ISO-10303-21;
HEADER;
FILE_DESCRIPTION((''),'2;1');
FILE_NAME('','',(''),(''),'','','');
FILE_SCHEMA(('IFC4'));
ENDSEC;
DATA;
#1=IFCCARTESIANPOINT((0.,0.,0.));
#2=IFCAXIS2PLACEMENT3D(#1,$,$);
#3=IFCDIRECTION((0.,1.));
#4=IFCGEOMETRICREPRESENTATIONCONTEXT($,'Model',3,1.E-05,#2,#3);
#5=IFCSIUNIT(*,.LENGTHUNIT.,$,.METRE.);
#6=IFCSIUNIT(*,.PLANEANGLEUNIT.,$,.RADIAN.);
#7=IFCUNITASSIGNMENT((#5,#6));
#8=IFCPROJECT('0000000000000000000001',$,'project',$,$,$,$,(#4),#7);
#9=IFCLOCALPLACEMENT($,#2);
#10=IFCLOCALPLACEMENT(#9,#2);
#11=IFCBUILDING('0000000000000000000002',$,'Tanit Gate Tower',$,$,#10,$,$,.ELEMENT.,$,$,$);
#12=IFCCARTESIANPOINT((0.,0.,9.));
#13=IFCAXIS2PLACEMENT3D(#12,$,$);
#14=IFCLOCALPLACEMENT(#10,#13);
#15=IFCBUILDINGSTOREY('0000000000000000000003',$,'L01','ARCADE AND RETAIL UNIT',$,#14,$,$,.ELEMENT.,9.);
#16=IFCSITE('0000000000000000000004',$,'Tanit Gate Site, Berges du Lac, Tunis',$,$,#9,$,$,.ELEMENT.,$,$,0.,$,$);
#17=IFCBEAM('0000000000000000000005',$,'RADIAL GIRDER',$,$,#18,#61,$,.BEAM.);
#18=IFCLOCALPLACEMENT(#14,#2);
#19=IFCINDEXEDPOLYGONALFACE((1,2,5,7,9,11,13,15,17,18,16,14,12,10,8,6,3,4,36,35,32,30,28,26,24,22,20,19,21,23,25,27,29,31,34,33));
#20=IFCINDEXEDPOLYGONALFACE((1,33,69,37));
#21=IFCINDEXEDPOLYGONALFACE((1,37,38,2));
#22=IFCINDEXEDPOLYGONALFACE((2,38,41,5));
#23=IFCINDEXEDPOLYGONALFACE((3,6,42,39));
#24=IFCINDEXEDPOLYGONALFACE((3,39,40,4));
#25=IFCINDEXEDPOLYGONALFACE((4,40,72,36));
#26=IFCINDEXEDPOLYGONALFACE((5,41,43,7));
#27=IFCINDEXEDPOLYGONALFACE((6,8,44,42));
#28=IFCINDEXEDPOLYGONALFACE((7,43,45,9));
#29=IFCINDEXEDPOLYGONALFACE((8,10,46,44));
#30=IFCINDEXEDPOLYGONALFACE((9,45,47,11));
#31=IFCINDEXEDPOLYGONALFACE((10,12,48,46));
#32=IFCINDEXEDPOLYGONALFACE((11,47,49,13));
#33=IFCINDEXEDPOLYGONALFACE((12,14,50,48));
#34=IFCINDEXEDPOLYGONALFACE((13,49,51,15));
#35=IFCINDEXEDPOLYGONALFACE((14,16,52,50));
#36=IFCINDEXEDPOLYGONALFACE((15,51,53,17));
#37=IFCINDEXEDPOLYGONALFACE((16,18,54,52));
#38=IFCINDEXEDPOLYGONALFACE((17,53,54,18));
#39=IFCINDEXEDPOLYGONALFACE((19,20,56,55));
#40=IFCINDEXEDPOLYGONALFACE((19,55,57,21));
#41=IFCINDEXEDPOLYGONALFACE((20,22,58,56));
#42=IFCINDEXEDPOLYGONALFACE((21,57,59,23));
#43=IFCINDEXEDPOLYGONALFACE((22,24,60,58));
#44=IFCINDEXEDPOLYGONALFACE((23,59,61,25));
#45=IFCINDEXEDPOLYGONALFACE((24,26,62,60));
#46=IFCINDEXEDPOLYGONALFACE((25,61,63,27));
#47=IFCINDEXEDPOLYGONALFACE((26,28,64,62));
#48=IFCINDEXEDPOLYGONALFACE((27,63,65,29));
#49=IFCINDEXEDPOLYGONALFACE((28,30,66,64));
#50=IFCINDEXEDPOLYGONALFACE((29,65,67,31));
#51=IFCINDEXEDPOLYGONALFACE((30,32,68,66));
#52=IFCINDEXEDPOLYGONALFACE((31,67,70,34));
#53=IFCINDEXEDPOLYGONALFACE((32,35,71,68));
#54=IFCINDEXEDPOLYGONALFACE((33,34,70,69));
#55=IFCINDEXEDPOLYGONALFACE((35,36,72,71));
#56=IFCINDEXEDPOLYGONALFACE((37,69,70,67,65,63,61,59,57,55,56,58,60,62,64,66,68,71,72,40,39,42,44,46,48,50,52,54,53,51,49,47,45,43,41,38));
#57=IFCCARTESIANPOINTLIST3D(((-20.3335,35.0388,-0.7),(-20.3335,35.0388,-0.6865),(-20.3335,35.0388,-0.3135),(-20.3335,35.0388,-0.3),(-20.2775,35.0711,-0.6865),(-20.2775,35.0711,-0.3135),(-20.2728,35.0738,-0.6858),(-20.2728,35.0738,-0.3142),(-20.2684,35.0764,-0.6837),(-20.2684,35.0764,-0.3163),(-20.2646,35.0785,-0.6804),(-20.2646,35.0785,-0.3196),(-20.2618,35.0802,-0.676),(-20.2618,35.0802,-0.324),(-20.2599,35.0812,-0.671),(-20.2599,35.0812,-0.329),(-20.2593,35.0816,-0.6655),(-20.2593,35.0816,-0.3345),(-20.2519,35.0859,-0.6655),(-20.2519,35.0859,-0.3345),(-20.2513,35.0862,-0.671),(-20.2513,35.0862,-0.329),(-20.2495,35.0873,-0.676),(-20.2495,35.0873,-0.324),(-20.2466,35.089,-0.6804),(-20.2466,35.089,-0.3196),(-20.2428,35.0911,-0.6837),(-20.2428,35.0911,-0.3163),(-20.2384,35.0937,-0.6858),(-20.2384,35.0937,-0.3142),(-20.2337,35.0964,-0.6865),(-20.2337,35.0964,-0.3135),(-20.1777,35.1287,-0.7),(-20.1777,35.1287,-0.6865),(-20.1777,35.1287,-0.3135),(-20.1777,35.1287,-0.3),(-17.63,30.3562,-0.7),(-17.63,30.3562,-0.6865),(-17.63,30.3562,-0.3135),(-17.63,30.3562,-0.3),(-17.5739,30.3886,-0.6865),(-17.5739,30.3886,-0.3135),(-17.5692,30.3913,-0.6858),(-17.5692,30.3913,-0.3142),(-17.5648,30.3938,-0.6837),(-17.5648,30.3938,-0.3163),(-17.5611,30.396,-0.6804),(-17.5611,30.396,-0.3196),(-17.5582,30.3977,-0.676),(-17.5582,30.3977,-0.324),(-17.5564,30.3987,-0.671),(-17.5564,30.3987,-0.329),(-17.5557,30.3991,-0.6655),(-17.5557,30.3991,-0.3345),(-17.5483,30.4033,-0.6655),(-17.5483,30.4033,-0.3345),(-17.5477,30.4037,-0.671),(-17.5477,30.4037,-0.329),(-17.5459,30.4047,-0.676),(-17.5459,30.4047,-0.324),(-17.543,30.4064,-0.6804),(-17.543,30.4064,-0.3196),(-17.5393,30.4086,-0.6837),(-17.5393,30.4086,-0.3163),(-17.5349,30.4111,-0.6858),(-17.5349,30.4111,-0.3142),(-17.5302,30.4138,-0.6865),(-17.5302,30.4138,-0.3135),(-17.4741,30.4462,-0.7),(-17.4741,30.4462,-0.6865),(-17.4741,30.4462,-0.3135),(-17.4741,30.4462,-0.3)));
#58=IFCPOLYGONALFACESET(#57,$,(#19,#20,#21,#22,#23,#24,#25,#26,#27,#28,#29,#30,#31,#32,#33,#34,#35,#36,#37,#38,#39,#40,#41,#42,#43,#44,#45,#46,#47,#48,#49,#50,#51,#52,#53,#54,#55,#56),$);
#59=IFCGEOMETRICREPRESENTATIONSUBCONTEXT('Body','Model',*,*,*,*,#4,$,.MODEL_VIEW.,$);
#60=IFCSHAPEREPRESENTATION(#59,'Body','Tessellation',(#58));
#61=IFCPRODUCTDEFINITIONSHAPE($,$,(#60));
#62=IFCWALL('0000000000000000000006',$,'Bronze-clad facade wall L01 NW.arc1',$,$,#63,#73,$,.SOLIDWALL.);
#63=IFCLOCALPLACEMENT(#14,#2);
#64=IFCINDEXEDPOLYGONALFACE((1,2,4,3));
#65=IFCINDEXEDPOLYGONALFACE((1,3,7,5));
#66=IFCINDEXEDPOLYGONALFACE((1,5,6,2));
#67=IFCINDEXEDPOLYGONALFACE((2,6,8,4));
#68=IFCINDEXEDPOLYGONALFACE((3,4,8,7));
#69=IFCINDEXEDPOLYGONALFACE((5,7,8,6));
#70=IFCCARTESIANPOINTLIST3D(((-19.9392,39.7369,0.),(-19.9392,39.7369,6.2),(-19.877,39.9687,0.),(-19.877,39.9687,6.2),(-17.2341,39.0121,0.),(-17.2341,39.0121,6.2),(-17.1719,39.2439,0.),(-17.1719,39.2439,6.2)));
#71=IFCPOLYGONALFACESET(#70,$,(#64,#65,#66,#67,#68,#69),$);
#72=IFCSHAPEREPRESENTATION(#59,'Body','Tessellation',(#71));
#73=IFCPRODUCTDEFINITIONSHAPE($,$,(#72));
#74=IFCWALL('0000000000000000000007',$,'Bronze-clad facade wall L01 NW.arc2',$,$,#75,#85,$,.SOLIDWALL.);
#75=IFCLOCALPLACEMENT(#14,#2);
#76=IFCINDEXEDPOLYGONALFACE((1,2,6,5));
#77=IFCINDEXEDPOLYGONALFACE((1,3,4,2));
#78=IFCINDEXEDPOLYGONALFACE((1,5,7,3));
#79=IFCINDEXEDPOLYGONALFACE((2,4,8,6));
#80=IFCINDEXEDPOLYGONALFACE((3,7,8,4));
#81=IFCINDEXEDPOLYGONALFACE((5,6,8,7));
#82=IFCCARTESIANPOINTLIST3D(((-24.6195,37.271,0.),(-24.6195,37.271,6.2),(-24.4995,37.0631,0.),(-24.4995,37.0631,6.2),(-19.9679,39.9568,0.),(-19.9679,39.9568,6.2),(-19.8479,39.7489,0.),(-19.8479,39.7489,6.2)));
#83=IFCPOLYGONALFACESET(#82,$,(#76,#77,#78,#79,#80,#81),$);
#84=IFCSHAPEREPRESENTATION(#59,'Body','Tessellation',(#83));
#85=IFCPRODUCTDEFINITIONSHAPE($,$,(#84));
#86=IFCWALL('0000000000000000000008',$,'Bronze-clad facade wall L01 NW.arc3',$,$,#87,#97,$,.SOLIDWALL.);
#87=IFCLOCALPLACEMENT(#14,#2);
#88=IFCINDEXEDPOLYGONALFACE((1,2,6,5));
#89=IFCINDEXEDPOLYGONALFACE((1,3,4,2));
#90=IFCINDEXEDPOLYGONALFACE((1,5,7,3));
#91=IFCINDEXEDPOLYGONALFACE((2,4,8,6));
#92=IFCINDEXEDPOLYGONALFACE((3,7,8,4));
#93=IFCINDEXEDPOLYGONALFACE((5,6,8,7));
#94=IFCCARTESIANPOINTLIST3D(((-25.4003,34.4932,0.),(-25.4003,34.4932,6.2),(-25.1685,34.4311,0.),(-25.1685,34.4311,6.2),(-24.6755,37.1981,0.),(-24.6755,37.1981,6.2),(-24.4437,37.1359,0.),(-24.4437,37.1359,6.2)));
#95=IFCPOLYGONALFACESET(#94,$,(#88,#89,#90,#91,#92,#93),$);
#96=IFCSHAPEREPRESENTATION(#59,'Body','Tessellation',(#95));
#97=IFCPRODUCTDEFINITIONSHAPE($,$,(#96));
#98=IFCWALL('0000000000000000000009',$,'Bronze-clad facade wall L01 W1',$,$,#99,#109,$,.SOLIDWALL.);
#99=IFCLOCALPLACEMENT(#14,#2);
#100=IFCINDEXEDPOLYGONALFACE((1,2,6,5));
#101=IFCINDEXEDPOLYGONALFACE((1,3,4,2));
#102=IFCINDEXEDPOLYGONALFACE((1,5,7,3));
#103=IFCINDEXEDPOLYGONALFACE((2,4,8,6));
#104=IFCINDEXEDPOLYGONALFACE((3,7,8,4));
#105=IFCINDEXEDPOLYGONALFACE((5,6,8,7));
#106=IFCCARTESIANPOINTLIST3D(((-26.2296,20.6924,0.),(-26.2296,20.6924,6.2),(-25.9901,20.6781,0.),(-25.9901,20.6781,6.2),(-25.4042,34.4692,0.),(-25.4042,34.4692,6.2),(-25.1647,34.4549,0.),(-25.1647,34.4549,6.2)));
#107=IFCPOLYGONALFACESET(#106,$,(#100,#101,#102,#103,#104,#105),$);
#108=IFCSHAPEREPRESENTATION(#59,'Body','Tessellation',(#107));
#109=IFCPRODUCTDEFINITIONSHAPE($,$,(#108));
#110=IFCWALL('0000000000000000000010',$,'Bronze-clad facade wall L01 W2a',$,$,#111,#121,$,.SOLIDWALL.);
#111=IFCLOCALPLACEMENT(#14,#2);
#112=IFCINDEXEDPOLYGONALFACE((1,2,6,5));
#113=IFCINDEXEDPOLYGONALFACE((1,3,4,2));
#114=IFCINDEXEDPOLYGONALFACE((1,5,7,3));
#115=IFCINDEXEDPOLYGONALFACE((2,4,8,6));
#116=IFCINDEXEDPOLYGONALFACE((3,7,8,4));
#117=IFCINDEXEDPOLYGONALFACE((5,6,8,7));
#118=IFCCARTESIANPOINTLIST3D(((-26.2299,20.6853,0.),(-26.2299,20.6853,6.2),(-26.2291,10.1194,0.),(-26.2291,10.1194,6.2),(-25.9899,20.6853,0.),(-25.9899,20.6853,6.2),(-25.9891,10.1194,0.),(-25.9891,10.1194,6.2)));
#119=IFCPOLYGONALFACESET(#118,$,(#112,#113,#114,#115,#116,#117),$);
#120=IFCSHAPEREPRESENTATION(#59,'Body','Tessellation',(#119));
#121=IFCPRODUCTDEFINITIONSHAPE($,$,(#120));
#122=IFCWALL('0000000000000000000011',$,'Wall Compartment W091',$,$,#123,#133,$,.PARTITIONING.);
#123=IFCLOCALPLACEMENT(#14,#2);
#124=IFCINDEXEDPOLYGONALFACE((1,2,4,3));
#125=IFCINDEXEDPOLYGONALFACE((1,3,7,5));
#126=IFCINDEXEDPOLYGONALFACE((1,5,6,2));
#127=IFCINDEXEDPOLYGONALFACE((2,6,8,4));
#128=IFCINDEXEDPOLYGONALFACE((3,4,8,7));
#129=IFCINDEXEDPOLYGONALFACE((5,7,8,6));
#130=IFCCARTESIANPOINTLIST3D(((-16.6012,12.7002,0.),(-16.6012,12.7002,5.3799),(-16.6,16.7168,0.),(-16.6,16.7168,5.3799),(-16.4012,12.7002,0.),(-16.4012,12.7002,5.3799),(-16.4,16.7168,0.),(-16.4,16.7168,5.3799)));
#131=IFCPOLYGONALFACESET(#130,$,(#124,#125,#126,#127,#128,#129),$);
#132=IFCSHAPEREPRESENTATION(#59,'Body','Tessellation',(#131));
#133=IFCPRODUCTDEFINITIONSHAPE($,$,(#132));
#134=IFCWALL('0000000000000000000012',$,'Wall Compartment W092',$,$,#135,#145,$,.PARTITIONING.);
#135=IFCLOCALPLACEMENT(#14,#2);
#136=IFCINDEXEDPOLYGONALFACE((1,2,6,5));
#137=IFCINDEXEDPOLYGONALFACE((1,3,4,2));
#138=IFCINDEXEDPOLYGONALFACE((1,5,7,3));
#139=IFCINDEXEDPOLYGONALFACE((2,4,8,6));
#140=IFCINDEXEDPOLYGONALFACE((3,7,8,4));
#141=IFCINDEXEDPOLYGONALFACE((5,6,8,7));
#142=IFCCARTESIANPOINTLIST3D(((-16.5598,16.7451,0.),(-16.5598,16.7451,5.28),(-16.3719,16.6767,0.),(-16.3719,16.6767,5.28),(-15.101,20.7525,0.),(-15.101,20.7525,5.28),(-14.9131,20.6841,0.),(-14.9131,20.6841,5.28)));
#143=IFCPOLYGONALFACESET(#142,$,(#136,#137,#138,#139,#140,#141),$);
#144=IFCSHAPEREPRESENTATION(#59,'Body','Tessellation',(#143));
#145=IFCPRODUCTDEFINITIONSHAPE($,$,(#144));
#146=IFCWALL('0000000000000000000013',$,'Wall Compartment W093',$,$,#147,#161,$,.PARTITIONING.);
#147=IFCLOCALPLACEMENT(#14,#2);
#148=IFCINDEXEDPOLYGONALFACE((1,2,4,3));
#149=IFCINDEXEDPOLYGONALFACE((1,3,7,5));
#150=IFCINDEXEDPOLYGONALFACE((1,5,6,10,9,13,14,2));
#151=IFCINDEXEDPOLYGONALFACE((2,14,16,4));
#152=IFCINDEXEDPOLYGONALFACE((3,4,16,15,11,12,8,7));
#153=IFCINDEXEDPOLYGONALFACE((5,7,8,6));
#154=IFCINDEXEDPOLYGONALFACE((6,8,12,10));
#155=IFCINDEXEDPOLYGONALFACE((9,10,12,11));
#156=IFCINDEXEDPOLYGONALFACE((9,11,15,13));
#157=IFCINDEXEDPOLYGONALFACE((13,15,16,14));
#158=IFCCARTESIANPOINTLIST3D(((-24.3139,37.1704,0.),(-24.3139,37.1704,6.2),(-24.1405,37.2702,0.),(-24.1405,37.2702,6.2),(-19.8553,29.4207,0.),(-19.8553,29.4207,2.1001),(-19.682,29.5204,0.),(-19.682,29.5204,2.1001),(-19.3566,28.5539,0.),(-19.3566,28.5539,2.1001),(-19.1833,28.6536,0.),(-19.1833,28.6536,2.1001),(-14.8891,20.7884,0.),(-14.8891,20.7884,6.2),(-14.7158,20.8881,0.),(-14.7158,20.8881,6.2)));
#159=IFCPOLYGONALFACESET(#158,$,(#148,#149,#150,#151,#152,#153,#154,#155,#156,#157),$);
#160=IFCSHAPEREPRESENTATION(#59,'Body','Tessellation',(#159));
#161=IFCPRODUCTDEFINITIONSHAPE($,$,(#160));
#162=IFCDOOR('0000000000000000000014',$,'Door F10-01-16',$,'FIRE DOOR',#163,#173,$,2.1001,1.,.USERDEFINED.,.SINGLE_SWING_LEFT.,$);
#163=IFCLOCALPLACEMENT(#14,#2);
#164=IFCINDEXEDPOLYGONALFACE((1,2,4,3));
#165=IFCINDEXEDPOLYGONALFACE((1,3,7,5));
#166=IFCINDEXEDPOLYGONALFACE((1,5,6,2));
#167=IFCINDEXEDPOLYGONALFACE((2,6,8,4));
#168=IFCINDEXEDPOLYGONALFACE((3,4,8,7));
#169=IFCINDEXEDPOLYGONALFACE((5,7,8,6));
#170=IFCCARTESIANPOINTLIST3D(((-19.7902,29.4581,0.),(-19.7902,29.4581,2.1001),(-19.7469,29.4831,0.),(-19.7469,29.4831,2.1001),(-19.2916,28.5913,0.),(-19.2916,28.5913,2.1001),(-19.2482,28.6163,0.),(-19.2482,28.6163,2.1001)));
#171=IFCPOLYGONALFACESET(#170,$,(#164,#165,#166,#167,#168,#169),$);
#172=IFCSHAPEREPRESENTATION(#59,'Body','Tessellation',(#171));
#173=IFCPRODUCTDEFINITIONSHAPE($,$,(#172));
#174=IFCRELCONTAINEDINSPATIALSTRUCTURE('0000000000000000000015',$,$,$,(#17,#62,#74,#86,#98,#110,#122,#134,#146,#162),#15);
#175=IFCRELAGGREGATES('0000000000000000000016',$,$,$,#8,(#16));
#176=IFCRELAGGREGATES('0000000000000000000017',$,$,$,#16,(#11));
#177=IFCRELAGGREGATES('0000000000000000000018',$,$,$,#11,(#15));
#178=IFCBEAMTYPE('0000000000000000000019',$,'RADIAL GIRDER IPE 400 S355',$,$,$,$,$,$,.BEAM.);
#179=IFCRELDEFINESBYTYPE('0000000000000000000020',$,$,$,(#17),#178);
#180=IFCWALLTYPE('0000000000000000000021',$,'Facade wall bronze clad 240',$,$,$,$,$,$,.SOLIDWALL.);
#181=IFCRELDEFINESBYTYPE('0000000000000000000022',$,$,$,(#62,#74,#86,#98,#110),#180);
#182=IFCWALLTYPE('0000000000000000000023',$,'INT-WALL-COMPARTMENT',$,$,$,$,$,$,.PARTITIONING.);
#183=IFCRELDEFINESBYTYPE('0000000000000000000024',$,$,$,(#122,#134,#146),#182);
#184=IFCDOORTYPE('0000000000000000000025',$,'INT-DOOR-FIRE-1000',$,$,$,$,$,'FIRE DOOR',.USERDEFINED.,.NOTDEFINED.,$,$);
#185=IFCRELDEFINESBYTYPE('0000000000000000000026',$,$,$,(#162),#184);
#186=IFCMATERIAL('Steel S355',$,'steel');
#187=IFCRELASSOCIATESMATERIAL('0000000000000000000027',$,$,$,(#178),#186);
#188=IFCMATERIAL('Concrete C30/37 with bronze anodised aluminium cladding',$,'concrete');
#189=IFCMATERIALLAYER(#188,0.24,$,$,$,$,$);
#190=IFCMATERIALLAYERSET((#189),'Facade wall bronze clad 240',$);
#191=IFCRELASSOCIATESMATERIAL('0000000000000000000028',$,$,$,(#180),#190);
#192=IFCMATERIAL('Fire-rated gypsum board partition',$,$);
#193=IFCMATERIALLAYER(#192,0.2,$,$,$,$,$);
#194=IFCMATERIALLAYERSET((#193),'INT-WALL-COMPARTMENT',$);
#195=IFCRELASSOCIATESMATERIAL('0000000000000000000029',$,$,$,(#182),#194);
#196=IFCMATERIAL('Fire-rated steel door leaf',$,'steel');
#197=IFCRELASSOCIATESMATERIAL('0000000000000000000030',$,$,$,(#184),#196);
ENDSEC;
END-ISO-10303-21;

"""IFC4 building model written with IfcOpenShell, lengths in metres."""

from ifc_helpers import new_model, si_unit, direction, frame, frame_2d, origin, origin_2d, place, context, subcontext, project, spatial, rectangle, i_section, extrude, material, layer, layer_set, material_profile, profile_set, type_object, element, fill, save


model = new_model("IFC4")

# Units and contexts
model_context = context("Model", 3, precision=1e-05, world=origin(), true_north=direction((0.0, 1.0)))
body_context = subcontext(model_context, "Body", "Model", "MODEL_VIEW")
ifc_project = project(units=[si_unit("LENGTHUNIT", "METRE"), si_unit("PLANEANGLEUNIT", "RADIAN")], contexts=[model_context])

# Site, building, storey
site_placement = place(None, origin())
site = spatial("IfcSite", under=ifc_project, at=site_placement, Name="Tanit Gate Site, Berges du Lac, Tunis", CompositionType="ELEMENT", RefElevation=0.0)
building_placement = place(site_placement, origin())
building = spatial("IfcBuilding", under=site, at=building_placement, Name="Tanit Gate Tower", CompositionType="ELEMENT")
storey_placement = place(building_placement, frame((0.0, 0.0, 9.0)))
storey = spatial("IfcBuildingStorey", under=building, at=storey_placement, Name="L01", Description="ARCADE AND RETAIL UNIT", CompositionType="ELEMENT", Elevation=9.0)

# Beam
ifc_material_1 = material(Name="Steel S355", Category="steel")
ifc_material_profile_1 = material_profile(ifc_material_1, i_section(OverallWidth=0.1799, OverallDepth=0.3999, WebThickness=0.0085, FlangeThickness=0.0134, FilletRadius=0.021, at=origin_2d()), Name="IPE 400")
ifc_profile_set_1 = profile_set([ifc_material_profile_1], Name="Steel S355")
beam_type_1 = type_object("IfcBeamType", Name="RADIAL GIRDER IPE 400 S355", PredefinedType="BEAM", material=ifc_profile_set_1)
beam_1_placement = place(storey_placement, frame((-20.2556, 35.0837, -0.5), z_axis=(0.500014, -0.866017, 0.0), x_axis=(0.866017, 0.500014, 0.0)))
element("IfcBeam", 1, at=beam_1_placement, inside=storey, type_object=beam_type_1, Name="RADIAL GIRDER", PredefinedType="BEAM", context=body_context, shape_type="SweptSolid", body=[
    extrude(i_section(OverallWidth=0.1799, OverallDepth=0.3999, WebThickness=0.0085, FlangeThickness=0.0134, FilletRadius=0.021, at=origin_2d()), origin(), (0.0, 0.0, 1.0), 5.407),
])

# Walls
ifc_material_2 = material(Name="Concrete C30/37 with bronze anodised aluminium cladding", Category="concrete")
ifc_layer_1 = layer(ifc_material_2, 0.24)
ifc_layer_set_1 = layer_set([ifc_layer_1], Name="Facade wall bronze clad 240")
wall_type_1 = type_object("IfcWallType", Name="Facade wall bronze clad 240", PredefinedType="SOLIDWALL", material=ifc_layer_set_1)
wall_1_placement = place(storey_placement, frame((-17.2029, 39.1279, 0.0), z_axis=(0.0, 0.0, 1.0), x_axis=(-0.965923, 0.258829, 0.0)))
element("IfcWall", 2, at=wall_1_placement, inside=storey, type_object=wall_type_1, Name="Bronze-clad facade wall L01 NW.arc1", PredefinedType="SOLIDWALL", context=body_context, shape_type="SweptSolid", body=[
    extrude(rectangle(XDim=2.8005, YDim=0.24, at=frame_2d((1.4004, 0.0))), origin(), (0.0, 0.0, 1.0), 6.2),
])
wall_2_placement = place(storey_placement, frame((-19.908, 39.8528, 0.0), z_axis=(0.0, 0.0, 1.0), x_axis=(-0.866011, -0.500025, 0.0)))
element("IfcWall", 3, at=wall_2_placement, inside=storey, type_object=wall_type_1, Name="Bronze-clad facade wall L01 NW.arc2", PredefinedType="SOLIDWALL", context=body_context, shape_type="SweptSolid", body=[
    extrude(rectangle(XDim=5.3713, YDim=0.24, at=frame_2d((2.6855, 0.0))), origin(), (0.0, 0.0, 1.0), 6.2),
])
wall_3_placement = place(storey_placement, frame((-24.5596, 37.167, 0.0), z_axis=(0.0, 0.0, 1.0), x_axis=(-0.258851, -0.965917, 0.0)))
element("IfcWall", 4, at=wall_3_placement, inside=storey, type_object=wall_type_1, Name="Bronze-clad facade wall L01 NW.arc3", PredefinedType="SOLIDWALL", context=body_context, shape_type="SweptSolid", body=[
    extrude(rectangle(XDim=2.8003, YDim=0.24, at=frame_2d((1.4001, 0.0))), origin(), (0.0, 0.0, 1.0), 6.2),
])
wall_4_placement = place(storey_placement, frame((-25.2844, 34.4622, 0.0), z_axis=(0.0, 0.0, 1.0), x_axis=(-0.059808, -0.99821, 0.0)))
element("IfcWall", 5, at=wall_4_placement, inside=storey, type_object=wall_type_1, Name="Bronze-clad facade wall L01 W1", PredefinedType="SOLIDWALL", context=body_context, shape_type="SweptSolid", body=[
    extrude(rectangle(XDim=13.8015, YDim=0.24, at=frame_2d((6.9009, 0.0))), origin(), (0.0, 0.0, 1.0), 6.2),
])
wall_5_placement = place(storey_placement, frame((-26.1099, 20.6853, 0.0), z_axis=(0.0, 0.0, 1.0), x_axis=(0.000069, -1.0, 0.0)))
element("IfcWall", 6, at=wall_5_placement, inside=storey, type_object=wall_type_1, Name="Bronze-clad facade wall L01 W2a", PredefinedType="SOLIDWALL", context=body_context, shape_type="SweptSolid", body=[
    extrude(rectangle(XDim=10.5659, YDim=0.24, at=frame_2d((5.283, 0.0))), origin(), (0.0, 0.0, 1.0), 6.2),
])
ifc_material_3 = material(Name="Fire-rated gypsum board partition")
ifc_layer_2 = layer(ifc_material_3, 0.2)
ifc_layer_set_2 = layer_set([ifc_layer_2], Name="INT-WALL-COMPARTMENT")
wall_type_2 = type_object("IfcWallType", Name="INT-WALL-COMPARTMENT", PredefinedType="PARTITIONING", material=ifc_layer_set_2)
wall_6_placement = place(storey_placement, frame((-16.5, 16.7168, 0.0), z_axis=(0.0, 0.0, 1.0), x_axis=(-0.000304, -1.0, 0.0)))
element("IfcWall", 7, at=wall_6_placement, inside=storey, type_object=wall_type_2, Name="Wall Compartment W091", PredefinedType="PARTITIONING", context=body_context, shape_type="SweptSolid", body=[
    extrude(rectangle(XDim=4.0166, YDim=0.2, at=frame_2d((2.0083, 0.0))), origin(), (0.0, 0.0, 1.0), 5.3799),
])
wall_7_placement = place(storey_placement, frame((-15.0071, 20.7183, 0.0), z_axis=(0.0, 0.0, 1.0), x_axis=(-0.34206, -0.939678, 0.0)))
element("IfcWall", 8, at=wall_7_placement, inside=storey, type_object=wall_type_2, Name="Wall Compartment W092", PredefinedType="PARTITIONING", context=body_context, shape_type="SweptSolid", body=[
    extrude(rectangle(XDim=4.2646, YDim=0.2, at=frame_2d((2.1323, 0.0))), origin(), (0.0, 0.0, 1.0), 5.28),
])

# Wall, opening, door
wall_8_placement = place(storey_placement, frame((-14.8025, 20.8384, 0.0), z_axis=(0.0, 0.0, 1.0), x_axis=(-0.498674, 0.866789, 0.0)))
wall_8 = element("IfcWall", 9, at=wall_8_placement, inside=storey, type_object=wall_type_2, Name="Wall Compartment W093", PredefinedType="PARTITIONING", context=body_context, shape_type="SweptSolid", body=[
    extrude(rectangle(XDim=18.8997, YDim=0.2, at=frame_2d((9.4497, 0.0))), origin(), (0.0, 0.0, 1.0), 6.2),
])
opening_1_placement = place(wall_8_placement, frame((8.9587, 0.0, 0.0)))
opening_1 = element("IfcOpeningElement", 10, at=opening_1_placement, cuts=wall_8, PredefinedType="OPENING", context=body_context, shape_type="SweptSolid", body=[
    extrude(rectangle(XDim=1.0, YDim=2.1001, at=frame_2d((0.5, 1.05))), frame((0.0, 0.1099, 0.0), z_axis=(0.0, -1.0, 0.0), x_axis=(1.0, 0.0, 0.0)), (0.0, 0.0, 1.0), 0.22),
])
ifc_material_4 = material(Name="Fire-rated steel door leaf", Category="steel")
door_type = type_object("IfcDoorType", Name="INT-DOOR-FIRE-1000", ElementType="FIRE DOOR", OperationType="NOTDEFINED", PredefinedType="USERDEFINED", material=ifc_material_4)
door_1_placement = place(opening_1_placement, origin())
door_1 = element("IfcDoor", 11, at=door_1_placement, inside=storey, type_object=door_type, Name="Door F10-01-16", ObjectType="FIRE DOOR", OperationType="SINGLE_SWING_LEFT", OverallHeight=2.1001, OverallWidth=1.0, PredefinedType="USERDEFINED", context=body_context, shape_type="SweptSolid", body=[
    extrude(rectangle(XDim=1.0, YDim=2.1001, at=frame_2d((0.5, 1.05))), frame((0.0, 0.0249, 0.0), z_axis=(0.0, -1.0, 0.0), x_axis=(1.0, 0.0, 0.0)), (0.0, 0.0, 1.0), 0.05),
])
fill(opening_1, door_1)

save(model, "model.ifc")
